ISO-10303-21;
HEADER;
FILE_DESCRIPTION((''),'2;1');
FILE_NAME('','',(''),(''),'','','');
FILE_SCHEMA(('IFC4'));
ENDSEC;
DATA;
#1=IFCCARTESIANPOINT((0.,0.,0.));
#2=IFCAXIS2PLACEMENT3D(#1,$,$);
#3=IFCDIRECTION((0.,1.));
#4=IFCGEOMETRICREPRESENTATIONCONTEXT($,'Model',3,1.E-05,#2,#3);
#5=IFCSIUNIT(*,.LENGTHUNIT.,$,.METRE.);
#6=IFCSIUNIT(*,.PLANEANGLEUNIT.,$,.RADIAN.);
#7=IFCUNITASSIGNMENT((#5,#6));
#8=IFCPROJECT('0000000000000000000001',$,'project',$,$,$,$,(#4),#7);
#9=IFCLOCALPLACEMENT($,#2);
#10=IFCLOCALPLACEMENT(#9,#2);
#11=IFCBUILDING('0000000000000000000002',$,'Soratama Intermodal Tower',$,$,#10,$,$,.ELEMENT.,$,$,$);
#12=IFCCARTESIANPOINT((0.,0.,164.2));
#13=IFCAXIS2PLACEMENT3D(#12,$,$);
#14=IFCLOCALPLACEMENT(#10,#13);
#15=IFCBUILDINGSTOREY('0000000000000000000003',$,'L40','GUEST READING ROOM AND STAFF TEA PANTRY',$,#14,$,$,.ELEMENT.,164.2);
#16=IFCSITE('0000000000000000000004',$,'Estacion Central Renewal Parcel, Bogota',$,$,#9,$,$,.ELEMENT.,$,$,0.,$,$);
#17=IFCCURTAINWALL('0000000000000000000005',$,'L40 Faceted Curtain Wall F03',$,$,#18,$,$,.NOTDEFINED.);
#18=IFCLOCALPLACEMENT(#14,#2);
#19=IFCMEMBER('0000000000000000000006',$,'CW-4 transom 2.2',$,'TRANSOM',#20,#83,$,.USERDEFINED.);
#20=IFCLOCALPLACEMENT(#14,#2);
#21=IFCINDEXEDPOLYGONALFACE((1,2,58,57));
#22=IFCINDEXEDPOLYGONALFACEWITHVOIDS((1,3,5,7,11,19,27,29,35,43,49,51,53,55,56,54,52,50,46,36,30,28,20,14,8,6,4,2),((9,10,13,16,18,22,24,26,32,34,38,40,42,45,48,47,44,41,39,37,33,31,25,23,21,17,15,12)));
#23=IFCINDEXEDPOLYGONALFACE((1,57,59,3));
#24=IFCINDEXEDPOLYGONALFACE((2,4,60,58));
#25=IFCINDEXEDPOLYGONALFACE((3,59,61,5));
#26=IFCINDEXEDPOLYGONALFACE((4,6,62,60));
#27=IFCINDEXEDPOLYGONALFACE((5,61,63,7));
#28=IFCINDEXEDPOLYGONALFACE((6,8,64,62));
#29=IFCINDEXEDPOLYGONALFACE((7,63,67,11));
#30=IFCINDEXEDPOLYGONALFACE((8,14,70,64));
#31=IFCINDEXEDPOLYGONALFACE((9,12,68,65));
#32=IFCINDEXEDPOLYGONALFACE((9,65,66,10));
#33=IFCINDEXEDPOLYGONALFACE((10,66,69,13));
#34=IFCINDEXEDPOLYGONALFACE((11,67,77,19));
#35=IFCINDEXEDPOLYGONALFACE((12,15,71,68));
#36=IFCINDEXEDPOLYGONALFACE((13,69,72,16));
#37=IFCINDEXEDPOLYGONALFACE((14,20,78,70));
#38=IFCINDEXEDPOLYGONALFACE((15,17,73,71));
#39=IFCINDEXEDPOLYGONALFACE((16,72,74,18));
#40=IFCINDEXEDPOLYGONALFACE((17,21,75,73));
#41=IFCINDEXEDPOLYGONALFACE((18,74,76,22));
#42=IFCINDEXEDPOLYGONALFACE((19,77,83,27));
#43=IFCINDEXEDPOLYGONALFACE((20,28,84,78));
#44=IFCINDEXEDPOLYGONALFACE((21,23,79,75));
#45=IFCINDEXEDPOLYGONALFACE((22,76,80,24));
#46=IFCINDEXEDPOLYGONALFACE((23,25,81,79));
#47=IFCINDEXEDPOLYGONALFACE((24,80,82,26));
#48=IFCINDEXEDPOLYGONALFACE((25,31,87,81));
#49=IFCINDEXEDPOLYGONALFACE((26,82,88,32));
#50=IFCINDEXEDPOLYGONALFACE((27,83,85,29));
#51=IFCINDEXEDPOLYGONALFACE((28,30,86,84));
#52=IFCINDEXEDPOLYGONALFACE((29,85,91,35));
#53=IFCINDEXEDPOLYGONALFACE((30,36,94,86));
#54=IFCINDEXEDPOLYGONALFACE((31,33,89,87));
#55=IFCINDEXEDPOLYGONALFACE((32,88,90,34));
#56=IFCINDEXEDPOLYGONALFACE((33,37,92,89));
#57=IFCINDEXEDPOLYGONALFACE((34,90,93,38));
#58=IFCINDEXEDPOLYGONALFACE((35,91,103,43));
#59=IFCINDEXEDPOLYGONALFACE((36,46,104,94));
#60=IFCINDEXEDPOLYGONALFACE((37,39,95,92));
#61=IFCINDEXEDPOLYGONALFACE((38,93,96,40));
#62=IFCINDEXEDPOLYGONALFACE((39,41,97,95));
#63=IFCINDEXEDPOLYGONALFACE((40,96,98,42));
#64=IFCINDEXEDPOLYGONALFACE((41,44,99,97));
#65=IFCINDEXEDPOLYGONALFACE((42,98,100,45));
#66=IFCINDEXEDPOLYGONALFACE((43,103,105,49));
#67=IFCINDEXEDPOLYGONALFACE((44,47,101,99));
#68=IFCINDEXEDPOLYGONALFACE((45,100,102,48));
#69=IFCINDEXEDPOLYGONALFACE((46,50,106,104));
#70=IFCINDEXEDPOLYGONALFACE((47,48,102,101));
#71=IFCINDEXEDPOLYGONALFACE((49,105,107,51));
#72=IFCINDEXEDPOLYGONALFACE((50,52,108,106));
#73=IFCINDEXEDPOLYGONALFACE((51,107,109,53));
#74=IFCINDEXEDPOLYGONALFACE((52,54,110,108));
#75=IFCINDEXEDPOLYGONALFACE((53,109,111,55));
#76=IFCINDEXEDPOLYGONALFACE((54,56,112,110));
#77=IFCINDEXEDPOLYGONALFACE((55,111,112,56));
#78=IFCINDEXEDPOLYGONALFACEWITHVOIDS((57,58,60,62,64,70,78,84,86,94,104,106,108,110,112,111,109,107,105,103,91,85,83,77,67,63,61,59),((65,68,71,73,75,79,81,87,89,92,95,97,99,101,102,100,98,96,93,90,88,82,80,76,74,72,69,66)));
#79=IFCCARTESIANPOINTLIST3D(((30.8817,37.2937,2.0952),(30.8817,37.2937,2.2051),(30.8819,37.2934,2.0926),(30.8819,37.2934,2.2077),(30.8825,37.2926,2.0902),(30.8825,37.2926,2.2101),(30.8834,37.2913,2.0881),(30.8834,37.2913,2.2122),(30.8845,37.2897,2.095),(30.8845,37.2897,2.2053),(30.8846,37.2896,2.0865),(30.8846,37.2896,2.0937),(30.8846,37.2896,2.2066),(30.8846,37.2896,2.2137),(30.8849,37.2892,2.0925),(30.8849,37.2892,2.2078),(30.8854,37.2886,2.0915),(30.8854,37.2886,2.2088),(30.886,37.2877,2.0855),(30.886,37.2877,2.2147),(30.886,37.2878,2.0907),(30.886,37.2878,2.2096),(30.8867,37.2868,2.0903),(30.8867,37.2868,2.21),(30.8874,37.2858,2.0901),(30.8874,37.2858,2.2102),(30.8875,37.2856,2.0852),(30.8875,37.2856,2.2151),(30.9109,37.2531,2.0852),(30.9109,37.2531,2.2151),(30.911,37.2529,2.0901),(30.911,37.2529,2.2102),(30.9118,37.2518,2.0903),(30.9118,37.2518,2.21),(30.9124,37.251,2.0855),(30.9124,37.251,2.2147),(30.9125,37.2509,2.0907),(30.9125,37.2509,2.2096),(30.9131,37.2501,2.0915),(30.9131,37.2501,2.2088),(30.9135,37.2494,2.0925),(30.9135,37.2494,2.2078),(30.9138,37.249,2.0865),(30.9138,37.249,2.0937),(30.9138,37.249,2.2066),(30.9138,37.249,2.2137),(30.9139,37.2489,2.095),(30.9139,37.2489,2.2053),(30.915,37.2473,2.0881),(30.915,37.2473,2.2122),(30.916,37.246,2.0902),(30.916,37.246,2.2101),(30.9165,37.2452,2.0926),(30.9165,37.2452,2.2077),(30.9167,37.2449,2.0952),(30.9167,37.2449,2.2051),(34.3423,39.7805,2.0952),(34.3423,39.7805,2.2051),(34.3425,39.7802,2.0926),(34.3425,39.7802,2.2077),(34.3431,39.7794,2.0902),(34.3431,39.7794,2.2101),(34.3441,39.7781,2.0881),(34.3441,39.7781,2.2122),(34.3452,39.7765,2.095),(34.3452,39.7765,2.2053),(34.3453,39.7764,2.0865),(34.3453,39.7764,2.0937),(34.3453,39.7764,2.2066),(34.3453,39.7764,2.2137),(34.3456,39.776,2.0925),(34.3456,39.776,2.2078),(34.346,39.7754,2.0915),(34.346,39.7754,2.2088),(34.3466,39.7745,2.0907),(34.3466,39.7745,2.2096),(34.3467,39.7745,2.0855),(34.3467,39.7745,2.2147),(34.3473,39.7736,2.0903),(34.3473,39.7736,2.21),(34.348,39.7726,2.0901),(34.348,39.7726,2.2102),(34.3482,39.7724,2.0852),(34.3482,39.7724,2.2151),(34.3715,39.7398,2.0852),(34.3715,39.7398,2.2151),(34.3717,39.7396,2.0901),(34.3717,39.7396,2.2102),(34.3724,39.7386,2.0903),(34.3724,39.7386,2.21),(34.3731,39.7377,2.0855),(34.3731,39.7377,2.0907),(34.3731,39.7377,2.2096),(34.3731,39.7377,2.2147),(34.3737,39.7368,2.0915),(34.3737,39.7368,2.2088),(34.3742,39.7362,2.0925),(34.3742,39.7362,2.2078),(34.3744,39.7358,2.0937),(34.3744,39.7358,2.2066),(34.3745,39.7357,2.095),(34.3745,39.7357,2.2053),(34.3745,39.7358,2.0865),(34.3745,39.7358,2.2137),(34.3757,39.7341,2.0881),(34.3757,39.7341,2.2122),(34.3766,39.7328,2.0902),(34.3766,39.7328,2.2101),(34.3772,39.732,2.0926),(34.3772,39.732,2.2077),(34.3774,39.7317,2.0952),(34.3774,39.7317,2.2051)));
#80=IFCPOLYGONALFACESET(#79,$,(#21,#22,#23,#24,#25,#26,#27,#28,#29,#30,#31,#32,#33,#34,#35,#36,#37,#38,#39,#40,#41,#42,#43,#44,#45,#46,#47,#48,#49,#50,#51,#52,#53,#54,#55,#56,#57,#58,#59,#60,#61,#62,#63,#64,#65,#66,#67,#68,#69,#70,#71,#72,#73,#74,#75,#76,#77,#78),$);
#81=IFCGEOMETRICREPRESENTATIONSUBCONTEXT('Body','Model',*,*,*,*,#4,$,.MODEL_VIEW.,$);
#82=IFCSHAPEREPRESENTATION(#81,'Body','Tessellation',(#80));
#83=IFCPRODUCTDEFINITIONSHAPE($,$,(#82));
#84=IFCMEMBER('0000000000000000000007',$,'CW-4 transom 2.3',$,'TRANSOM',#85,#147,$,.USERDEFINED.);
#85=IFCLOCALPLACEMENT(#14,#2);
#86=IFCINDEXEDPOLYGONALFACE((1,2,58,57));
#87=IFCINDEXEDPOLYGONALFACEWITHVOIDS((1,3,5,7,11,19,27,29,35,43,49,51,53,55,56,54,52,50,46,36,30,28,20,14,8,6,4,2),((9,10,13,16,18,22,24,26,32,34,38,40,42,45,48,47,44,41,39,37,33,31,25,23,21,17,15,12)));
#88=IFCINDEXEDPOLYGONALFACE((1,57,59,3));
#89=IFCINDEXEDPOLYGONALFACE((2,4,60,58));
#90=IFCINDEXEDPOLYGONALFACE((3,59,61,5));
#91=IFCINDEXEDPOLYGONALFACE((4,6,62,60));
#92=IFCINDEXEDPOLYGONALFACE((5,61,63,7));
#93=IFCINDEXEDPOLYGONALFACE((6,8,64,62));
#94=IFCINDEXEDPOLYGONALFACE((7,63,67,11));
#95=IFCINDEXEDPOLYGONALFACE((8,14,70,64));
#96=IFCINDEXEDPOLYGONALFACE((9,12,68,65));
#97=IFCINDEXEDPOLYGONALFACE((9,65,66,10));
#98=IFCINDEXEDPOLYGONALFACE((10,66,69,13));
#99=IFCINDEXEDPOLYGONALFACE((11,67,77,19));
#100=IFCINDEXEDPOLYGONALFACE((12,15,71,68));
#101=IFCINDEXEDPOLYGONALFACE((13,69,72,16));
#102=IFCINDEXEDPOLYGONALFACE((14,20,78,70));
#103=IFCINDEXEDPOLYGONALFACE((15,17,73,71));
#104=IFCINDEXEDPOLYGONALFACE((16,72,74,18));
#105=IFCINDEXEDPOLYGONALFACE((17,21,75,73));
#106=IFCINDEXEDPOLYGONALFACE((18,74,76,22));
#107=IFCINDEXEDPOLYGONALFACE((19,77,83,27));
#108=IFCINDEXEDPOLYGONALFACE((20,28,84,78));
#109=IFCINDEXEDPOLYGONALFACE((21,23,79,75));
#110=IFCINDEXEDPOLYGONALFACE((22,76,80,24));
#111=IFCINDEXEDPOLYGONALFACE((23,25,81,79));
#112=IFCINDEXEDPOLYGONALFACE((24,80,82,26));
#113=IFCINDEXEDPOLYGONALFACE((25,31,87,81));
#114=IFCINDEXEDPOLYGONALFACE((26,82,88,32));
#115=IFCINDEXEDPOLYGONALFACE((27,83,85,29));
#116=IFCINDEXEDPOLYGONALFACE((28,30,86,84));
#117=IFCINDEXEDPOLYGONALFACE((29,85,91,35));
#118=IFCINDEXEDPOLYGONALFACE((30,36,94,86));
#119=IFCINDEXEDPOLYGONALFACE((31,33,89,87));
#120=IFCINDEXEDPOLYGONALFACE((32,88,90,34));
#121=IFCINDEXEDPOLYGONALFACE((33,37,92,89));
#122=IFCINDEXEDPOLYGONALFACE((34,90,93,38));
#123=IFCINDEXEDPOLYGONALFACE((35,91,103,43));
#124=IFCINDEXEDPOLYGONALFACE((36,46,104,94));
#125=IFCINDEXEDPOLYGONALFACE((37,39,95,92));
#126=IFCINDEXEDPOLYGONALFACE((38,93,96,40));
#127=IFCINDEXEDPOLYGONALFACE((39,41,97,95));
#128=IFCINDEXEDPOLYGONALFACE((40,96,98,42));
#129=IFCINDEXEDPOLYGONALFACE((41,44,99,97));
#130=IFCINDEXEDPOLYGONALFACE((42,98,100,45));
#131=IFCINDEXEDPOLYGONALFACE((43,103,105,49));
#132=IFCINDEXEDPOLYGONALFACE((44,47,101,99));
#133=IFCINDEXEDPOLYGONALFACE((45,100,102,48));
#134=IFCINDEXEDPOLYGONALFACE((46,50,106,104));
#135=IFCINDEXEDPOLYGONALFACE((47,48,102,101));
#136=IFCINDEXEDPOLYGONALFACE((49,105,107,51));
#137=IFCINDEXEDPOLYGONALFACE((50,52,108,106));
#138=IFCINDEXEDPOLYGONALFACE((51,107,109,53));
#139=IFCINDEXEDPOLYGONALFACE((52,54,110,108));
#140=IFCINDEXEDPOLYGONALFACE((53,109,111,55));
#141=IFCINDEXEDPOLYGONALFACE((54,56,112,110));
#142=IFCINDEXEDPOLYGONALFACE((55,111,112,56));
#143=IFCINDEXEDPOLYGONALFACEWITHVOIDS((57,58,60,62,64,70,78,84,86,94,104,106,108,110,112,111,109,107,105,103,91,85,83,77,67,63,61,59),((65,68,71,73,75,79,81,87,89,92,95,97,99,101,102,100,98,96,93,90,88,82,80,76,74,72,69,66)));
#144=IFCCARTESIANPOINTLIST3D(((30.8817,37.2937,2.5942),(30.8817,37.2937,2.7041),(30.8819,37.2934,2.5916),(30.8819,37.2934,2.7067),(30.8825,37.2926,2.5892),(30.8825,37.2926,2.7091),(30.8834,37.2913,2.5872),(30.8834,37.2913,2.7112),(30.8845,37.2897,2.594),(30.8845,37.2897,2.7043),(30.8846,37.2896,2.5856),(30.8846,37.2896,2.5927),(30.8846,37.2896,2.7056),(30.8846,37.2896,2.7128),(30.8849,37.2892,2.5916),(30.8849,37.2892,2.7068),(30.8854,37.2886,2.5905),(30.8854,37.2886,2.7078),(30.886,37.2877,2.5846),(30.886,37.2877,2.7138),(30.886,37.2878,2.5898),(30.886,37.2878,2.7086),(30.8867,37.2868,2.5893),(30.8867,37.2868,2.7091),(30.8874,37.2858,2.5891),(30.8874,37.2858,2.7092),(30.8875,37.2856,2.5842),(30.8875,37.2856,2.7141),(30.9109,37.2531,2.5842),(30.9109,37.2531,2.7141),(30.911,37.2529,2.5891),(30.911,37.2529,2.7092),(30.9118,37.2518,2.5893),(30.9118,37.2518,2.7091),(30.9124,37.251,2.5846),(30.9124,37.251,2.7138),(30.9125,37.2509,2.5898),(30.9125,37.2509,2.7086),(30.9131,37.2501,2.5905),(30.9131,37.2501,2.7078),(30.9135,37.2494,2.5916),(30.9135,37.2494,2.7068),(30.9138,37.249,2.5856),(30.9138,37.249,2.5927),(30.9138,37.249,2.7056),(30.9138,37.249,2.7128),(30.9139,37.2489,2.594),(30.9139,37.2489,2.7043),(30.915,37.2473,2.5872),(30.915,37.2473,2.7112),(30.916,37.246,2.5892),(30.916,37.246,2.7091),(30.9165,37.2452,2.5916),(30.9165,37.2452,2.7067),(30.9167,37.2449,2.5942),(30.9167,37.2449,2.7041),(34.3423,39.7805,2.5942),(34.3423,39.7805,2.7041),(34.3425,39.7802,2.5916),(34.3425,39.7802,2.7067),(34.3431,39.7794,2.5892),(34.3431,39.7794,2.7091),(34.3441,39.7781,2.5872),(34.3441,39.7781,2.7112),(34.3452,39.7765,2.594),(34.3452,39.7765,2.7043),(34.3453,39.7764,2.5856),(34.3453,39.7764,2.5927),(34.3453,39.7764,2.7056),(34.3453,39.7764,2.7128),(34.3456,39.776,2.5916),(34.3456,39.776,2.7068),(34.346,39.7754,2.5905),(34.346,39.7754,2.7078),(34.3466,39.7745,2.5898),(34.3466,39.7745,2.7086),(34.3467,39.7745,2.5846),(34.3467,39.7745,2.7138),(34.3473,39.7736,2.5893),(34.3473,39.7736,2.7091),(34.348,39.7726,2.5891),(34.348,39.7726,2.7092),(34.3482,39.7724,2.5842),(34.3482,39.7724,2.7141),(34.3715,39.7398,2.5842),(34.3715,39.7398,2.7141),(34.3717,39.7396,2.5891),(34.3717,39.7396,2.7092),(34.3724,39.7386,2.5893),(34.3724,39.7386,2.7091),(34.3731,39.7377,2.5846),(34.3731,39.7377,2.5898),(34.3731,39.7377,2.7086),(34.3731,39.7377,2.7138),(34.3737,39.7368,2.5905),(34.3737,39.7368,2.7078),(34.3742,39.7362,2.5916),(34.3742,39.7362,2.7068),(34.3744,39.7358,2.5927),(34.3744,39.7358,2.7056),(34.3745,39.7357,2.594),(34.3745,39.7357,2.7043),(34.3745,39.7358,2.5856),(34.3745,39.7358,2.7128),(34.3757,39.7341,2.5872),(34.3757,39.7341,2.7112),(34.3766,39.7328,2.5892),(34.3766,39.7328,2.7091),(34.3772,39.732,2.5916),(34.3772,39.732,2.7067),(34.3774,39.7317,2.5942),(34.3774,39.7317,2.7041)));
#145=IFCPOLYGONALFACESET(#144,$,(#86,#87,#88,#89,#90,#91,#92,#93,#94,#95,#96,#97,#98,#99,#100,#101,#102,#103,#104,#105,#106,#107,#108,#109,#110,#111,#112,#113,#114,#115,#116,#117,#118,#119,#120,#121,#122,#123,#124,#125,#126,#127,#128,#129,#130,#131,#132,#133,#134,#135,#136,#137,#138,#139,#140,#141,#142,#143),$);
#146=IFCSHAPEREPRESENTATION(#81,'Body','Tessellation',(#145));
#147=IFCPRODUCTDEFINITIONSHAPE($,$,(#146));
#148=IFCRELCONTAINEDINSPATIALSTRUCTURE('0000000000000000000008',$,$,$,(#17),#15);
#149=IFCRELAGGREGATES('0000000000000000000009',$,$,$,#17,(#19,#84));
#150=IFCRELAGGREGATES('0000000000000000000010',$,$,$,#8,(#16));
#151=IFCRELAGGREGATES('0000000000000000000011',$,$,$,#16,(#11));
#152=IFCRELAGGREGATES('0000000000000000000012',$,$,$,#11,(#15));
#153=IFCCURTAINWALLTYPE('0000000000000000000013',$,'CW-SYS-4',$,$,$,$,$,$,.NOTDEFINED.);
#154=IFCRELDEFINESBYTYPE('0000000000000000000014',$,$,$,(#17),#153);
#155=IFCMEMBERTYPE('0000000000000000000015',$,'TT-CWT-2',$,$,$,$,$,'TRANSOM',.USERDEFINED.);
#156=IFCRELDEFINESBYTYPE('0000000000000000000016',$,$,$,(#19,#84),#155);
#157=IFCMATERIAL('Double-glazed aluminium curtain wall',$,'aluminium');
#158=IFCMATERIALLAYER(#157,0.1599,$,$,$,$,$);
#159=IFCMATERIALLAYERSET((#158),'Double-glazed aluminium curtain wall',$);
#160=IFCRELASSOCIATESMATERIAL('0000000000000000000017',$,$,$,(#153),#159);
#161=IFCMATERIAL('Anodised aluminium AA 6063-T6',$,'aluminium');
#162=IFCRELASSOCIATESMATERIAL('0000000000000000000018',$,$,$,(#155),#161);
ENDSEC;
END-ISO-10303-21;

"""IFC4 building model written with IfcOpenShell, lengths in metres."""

from ifc_helpers import new_model, si_unit, direction, frame, origin, origin_2d, place, context, subcontext, project, spatial, hollow_rectangle, extrude, material, layer, layer_set, material_profile, profile_set, type_object, element, aggregate, save


model = new_model("IFC4")

# Units and contexts
model_context = context("Model", 3, precision=1e-05, world=origin(), true_north=direction((0.0, 1.0)))
body_context = subcontext(model_context, "Body", "Model", "MODEL_VIEW")
ifc_project = project(units=[si_unit("LENGTHUNIT", "METRE"), si_unit("PLANEANGLEUNIT", "RADIAN")], contexts=[model_context])

# Site, building, storey
site_placement = place(None, origin())
site = spatial("IfcSite", under=ifc_project, at=site_placement, Name="Estacion Central Renewal Parcel, Bogota", CompositionType="ELEMENT", RefElevation=0.0)
building_placement = place(site_placement, origin())
building = spatial("IfcBuilding", under=site, at=building_placement, Name="Soratama Intermodal Tower", CompositionType="ELEMENT")
storey_placement = place(building_placement, frame((0.0, 0.0, 164.2)))
storey = spatial("IfcBuildingStorey", under=building, at=storey_placement, Name="L40", Description="GUEST READING ROOM AND STAFF TEA PANTRY", CompositionType="ELEMENT", Elevation=164.2)

# Curtain wall
ifc_material_1 = material(Name="Double-glazed aluminium curtain wall", Category="aluminium")
ifc_layer_1 = layer(ifc_material_1, 0.1599)
ifc_layer_set_1 = layer_set([ifc_layer_1], Name="Double-glazed aluminium curtain wall")
curtain_wall_type = type_object("IfcCurtainWallType", Name="CW-SYS-4", PredefinedType="NOTDEFINED", material=ifc_layer_set_1)
curtain_wall_1_placement = place(storey_placement, origin())
curtain_wall_1 = element("IfcCurtainWall", 1, at=curtain_wall_1_placement, inside=storey, type_object=curtain_wall_type, Name="L40 Faceted Curtain Wall F03", PredefinedType="NOTDEFINED")

# Members
ifc_material_2 = material(Name="Anodised aluminium AA 6063-T6", Category="aluminium")
ifc_material_profile_1 = material_profile(ifc_material_2, hollow_rectangle(XDim=0.0601, YDim=0.1299, WallThickness=0.0049, InnerFilletRadius=0.0049, OuterFilletRadius=0.01, at=origin_2d()), Name="CWT130X60X5")
ifc_profile_set_1 = profile_set([ifc_material_profile_1], Name="Anodised aluminium AA 6063-T6")
member_type_1 = type_object("IfcMemberType", Name="TT-CWT-2", ElementType="TRANSOM", PredefinedType="USERDEFINED", material=ifc_profile_set_1)
member_1_placement = place(storey_placement, frame((34.3599, 39.7561, 2.1501), z_axis=(-0.812077, -0.58355, 0.0), x_axis=(0.58355, -0.812077, 0.0)))
member_1 = element("IfcMember", 2, at=member_1_placement, type_object=member_type_1, Name="CW-4 transom 2.2", ObjectType="TRANSOM", PredefinedType="USERDEFINED", context=body_context, shape_type="SweptSolid", body=[
    extrude(hollow_rectangle(XDim=0.0601, YDim=0.1299, WallThickness=0.0049, InnerFilletRadius=0.0049, OuterFilletRadius=0.01, at=origin_2d()), origin(), (0.0, 0.0, 1.0), 4.2615),
])
member_2_placement = place(storey_placement, frame((34.3599, 39.7561, 2.6492), z_axis=(-0.812077, -0.58355, 0.0), x_axis=(0.58355, -0.812077, 0.0)))
member_2 = element("IfcMember", 3, at=member_2_placement, type_object=member_type_1, Name="CW-4 transom 2.3", ObjectType="TRANSOM", PredefinedType="USERDEFINED", context=body_context, shape_type="SweptSolid", body=[
    extrude(hollow_rectangle(XDim=0.0601, YDim=0.1299, WallThickness=0.0049, InnerFilletRadius=0.0049, OuterFilletRadius=0.01, at=origin_2d()), origin(), (0.0, 0.0, 1.0), 4.2615),
])

aggregate(curtain_wall_1, [member_1, member_2])

save(model, "model.ifc")
